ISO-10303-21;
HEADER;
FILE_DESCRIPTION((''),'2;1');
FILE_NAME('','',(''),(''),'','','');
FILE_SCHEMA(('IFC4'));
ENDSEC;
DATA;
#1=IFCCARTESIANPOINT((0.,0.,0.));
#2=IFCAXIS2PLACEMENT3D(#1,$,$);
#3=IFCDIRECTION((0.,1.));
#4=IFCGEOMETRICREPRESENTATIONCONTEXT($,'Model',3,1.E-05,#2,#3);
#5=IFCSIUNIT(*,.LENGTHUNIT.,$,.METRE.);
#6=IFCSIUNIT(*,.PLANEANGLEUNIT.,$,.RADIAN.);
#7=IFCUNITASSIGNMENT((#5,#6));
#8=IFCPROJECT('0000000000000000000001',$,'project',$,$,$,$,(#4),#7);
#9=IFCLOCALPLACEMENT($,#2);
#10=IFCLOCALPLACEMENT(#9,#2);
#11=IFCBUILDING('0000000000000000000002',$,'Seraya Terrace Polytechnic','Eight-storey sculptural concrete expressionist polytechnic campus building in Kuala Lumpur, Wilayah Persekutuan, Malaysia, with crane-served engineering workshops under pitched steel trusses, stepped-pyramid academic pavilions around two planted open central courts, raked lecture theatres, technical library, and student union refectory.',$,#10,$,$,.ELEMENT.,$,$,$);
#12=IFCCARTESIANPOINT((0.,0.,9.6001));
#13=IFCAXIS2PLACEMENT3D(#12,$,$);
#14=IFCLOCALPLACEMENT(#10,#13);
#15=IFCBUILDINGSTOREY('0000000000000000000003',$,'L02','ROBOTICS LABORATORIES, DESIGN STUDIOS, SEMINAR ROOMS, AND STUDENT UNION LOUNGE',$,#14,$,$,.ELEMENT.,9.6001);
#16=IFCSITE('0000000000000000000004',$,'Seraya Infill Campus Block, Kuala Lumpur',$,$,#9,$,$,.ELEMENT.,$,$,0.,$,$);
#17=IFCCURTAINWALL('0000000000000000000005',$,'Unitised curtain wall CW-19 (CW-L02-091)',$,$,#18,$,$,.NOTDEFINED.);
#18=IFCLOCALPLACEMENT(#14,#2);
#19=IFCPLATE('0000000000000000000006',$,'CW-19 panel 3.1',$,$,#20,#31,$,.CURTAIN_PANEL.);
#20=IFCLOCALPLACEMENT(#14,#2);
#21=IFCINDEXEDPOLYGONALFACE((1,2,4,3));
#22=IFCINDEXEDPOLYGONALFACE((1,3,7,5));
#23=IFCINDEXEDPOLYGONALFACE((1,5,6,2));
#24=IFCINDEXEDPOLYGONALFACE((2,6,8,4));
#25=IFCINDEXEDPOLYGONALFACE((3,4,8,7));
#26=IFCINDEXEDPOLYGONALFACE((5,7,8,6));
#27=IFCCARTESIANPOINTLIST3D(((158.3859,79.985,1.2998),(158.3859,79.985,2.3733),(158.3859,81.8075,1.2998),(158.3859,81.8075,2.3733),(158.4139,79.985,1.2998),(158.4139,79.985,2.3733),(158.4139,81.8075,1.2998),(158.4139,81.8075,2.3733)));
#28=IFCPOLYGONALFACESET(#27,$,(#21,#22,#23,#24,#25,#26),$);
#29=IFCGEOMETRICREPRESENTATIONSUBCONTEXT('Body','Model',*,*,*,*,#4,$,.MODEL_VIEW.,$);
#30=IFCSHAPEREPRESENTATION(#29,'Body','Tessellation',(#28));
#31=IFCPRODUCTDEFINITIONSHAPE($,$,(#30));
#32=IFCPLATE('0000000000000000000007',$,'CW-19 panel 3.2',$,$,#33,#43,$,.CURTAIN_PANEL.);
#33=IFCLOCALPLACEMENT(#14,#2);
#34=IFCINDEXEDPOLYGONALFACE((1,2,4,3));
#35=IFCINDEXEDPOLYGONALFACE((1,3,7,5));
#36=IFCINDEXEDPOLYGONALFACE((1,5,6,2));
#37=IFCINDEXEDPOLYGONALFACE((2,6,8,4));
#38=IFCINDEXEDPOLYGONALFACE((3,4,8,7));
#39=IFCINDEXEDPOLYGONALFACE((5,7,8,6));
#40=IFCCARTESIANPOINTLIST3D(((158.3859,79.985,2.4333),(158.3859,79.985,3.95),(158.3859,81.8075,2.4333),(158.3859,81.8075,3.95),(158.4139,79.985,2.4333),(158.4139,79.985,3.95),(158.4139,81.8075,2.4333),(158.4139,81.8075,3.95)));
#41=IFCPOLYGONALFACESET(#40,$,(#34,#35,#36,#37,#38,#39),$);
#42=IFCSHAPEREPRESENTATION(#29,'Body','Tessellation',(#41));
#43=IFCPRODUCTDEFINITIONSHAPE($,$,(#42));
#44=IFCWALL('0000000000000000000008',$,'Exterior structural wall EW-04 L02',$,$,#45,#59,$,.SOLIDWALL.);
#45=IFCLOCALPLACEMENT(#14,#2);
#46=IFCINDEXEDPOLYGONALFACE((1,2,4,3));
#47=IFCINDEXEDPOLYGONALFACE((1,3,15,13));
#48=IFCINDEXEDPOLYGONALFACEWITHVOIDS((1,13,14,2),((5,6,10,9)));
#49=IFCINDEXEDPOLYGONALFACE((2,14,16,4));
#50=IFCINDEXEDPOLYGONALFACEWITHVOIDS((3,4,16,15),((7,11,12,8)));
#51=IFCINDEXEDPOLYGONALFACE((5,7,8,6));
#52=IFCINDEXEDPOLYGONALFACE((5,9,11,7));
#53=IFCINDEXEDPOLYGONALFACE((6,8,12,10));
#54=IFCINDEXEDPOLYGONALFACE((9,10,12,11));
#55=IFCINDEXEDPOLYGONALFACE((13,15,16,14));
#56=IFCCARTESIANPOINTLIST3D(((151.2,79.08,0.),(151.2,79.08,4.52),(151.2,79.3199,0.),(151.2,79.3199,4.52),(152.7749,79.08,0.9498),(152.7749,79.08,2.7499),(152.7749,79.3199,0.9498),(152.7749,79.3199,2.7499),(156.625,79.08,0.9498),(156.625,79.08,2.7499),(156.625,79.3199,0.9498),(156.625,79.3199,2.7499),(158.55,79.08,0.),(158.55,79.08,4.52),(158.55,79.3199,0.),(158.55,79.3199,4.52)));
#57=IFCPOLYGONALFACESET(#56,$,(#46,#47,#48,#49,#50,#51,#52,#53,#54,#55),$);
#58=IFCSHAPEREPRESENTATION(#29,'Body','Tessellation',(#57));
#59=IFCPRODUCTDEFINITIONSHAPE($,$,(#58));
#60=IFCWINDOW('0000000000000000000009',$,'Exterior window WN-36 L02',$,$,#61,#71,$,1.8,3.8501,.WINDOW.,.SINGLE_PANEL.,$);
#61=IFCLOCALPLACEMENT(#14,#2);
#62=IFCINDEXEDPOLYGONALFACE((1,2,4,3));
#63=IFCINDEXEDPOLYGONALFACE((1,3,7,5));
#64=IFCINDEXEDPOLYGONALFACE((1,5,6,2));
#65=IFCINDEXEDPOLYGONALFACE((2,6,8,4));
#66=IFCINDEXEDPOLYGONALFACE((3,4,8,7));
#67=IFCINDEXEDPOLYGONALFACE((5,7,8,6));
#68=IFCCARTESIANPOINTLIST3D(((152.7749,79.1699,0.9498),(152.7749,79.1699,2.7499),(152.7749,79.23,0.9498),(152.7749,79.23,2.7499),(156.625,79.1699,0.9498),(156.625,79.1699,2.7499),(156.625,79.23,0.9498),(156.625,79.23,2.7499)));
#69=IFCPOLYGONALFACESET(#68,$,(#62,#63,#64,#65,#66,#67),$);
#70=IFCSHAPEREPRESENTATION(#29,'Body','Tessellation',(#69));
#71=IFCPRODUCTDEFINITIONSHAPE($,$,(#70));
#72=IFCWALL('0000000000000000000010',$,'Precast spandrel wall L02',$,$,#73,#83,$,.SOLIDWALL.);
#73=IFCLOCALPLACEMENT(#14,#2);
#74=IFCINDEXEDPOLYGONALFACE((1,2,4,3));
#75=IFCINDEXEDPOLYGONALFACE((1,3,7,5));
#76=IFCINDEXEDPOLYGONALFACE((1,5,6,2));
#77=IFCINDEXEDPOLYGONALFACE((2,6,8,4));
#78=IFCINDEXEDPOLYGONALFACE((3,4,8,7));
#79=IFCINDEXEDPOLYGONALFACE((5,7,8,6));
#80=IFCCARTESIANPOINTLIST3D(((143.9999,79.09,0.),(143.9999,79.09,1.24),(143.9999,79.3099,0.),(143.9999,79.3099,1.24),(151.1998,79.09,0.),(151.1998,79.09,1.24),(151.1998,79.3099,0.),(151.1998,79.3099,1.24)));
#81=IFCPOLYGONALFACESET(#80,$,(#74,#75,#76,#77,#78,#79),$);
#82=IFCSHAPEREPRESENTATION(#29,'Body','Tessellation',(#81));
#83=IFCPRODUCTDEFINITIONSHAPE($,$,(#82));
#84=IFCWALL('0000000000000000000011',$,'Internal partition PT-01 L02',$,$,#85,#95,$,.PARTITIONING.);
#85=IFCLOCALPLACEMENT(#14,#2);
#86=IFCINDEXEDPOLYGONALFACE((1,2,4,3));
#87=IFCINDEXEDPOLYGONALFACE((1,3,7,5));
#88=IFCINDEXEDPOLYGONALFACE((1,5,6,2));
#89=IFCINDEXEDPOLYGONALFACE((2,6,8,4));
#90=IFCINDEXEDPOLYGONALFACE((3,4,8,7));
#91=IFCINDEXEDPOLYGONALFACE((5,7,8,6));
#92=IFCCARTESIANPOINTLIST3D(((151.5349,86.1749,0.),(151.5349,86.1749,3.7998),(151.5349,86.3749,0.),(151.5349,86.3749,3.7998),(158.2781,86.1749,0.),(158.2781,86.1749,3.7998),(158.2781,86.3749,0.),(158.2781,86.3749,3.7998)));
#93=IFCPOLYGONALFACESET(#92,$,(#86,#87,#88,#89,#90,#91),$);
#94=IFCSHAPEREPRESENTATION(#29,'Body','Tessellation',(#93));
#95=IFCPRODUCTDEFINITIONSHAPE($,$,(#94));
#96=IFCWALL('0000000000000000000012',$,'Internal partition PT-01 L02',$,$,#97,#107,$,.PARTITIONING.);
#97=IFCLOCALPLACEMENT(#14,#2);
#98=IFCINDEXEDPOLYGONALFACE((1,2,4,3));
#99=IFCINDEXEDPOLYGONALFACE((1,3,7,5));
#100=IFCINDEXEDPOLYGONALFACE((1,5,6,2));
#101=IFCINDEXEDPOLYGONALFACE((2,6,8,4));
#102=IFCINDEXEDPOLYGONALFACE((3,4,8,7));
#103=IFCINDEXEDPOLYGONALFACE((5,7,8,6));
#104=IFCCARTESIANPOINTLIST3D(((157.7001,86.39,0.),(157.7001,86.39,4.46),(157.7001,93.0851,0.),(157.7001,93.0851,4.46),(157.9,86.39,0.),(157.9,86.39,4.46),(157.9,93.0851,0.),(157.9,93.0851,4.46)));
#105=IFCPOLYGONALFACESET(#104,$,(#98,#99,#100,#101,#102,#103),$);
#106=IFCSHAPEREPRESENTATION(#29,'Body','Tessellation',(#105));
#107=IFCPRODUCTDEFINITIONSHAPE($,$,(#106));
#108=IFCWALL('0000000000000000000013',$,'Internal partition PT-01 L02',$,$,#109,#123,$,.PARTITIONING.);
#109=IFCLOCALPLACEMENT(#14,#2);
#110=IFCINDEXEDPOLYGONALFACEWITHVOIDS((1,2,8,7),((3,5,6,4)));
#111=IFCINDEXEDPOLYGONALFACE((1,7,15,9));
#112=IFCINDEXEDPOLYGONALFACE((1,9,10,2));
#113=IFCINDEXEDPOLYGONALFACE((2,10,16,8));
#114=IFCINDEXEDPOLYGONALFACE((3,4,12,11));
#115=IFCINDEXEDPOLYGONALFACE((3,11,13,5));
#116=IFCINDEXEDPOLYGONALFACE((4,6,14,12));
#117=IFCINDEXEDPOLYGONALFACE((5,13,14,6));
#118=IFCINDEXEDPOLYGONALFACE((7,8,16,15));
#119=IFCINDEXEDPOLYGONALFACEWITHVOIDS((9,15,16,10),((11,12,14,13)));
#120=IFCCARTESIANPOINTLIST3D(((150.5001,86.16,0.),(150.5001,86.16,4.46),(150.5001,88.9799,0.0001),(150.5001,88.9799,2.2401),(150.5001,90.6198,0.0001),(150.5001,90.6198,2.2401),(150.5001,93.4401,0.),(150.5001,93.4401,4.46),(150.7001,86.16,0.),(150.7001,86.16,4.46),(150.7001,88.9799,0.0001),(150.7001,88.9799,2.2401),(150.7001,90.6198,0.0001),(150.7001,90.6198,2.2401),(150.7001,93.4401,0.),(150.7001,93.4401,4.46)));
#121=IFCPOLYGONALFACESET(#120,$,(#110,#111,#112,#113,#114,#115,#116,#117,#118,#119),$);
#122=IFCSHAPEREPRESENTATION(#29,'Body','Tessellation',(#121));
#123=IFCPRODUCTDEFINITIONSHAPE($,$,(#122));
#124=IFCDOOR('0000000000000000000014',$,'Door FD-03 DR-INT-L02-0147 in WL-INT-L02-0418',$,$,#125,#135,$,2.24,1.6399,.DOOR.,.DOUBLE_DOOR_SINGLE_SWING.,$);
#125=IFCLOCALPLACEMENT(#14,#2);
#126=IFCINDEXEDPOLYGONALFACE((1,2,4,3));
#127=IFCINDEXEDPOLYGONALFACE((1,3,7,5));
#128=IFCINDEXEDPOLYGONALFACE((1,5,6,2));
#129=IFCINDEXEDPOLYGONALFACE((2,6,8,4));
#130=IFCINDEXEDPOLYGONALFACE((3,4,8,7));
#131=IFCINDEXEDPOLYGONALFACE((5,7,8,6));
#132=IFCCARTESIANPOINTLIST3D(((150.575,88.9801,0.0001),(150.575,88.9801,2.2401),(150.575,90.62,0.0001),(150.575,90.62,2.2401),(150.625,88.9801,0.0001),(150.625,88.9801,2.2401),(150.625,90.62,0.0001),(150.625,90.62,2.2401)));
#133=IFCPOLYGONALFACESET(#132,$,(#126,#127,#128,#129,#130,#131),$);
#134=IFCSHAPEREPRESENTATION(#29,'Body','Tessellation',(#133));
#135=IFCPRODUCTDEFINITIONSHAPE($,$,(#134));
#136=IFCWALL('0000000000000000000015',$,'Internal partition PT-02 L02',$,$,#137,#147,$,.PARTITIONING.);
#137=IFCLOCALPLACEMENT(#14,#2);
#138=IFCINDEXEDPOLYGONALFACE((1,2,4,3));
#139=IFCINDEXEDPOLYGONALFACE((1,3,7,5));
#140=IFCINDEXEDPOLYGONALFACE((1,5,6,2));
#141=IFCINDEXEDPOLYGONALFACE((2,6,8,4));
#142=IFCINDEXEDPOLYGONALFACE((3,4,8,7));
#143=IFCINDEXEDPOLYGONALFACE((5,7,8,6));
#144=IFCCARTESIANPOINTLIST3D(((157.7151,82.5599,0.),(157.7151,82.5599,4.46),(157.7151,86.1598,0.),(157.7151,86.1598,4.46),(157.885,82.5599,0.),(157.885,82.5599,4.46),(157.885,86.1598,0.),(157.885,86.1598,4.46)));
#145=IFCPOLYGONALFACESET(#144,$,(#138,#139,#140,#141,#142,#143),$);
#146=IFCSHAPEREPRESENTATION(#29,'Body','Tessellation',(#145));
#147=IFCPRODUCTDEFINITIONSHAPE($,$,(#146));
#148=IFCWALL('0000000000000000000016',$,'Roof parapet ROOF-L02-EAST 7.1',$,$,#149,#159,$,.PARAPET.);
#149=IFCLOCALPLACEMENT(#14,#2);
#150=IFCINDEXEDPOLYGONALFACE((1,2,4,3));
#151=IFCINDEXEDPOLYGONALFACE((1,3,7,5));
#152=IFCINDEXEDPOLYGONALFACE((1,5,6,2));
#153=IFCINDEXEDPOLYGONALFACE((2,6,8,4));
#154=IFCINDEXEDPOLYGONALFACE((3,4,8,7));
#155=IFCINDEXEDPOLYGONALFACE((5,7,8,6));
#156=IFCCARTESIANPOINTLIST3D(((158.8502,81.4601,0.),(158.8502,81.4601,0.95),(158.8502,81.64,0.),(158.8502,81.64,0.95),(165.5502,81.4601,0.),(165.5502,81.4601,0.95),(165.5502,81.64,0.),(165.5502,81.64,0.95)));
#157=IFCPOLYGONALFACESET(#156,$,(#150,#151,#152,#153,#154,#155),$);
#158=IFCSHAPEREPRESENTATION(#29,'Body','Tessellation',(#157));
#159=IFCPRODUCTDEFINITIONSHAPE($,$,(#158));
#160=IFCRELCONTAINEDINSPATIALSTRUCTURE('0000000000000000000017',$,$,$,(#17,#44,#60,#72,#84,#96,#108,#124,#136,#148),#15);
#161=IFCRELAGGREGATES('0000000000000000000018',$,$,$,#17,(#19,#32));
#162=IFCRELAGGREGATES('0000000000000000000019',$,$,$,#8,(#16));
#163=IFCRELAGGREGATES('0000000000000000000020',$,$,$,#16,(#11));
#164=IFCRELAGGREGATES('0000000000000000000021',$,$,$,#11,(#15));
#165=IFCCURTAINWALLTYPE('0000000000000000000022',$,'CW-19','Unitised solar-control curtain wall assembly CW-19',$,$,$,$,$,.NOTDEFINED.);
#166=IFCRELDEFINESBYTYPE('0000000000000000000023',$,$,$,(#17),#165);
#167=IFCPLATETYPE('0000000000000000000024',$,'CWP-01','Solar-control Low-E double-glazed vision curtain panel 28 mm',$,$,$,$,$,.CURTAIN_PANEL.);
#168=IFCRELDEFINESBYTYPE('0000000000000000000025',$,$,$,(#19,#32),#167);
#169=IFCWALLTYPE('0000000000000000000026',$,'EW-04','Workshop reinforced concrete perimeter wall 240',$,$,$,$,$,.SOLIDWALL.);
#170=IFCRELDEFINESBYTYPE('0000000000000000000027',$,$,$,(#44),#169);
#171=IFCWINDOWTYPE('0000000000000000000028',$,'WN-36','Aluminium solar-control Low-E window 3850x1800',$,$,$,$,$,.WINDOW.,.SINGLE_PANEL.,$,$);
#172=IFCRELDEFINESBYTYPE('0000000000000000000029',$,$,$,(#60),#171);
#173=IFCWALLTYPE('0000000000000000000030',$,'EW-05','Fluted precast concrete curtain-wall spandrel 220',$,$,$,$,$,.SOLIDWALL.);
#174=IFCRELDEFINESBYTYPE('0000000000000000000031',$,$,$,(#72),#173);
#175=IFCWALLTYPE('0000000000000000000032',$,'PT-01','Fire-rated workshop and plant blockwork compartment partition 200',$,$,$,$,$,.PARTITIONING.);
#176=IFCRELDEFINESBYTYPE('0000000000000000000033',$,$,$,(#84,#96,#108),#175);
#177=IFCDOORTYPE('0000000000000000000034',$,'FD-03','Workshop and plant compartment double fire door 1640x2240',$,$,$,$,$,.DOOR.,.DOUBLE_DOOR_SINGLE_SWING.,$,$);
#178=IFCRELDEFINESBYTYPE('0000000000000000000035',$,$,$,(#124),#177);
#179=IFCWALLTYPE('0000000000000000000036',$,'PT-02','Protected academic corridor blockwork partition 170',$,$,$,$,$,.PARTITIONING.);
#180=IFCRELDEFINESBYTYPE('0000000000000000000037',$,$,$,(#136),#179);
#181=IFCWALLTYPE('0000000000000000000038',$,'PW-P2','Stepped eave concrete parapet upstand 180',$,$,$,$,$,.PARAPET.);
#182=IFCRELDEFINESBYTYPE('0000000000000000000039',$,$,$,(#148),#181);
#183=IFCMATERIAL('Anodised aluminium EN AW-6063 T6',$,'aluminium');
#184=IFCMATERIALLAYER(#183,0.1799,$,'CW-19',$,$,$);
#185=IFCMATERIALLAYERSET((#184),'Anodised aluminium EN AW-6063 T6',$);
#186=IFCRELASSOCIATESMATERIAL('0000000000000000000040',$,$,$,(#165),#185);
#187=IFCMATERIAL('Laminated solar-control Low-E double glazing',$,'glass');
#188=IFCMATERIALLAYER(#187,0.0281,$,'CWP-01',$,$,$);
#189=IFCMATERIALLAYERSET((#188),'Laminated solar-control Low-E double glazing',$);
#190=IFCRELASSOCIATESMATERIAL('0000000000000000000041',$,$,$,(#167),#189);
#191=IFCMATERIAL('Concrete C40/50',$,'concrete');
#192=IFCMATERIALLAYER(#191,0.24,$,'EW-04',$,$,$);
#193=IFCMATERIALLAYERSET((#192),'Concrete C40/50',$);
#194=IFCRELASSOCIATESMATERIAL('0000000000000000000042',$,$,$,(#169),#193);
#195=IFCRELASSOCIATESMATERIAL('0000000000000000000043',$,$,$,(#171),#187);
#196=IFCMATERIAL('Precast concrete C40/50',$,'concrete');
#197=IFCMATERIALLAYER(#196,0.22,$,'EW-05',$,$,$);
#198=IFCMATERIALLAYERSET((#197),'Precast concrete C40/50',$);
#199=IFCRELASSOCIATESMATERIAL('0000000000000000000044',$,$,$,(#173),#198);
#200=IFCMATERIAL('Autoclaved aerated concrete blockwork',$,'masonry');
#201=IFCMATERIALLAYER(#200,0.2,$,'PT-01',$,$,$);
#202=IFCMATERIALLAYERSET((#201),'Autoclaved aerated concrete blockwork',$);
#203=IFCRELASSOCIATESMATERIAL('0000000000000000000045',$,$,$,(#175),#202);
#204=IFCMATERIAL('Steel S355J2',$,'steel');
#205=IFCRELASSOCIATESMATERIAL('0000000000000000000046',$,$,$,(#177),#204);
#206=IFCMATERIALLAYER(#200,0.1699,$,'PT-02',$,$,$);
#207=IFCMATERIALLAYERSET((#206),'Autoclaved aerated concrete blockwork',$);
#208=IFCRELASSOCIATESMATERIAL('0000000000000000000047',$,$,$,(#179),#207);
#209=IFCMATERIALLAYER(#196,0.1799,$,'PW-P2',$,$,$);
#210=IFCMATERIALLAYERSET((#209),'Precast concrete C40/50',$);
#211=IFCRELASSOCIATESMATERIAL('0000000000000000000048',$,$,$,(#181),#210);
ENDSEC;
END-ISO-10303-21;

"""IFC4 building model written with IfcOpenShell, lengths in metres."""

from ifc_helpers import new_model, si_unit, direction, frame, frame_2d, origin, origin_2d, place, context, subcontext, project, spatial, rectangle, extrude, material, layer, layer_set, type_object, element, fill, aggregate, save


model = new_model("IFC4")

# Units and contexts
model_context = context("Model", 3, precision=1e-05, world=origin(), true_north=direction((0.0, 1.0)))
body_context = subcontext(model_context, "Body", "Model", "MODEL_VIEW")
ifc_project = project(units=[si_unit("LENGTHUNIT", "METRE"), si_unit("PLANEANGLEUNIT", "RADIAN")], contexts=[model_context])

# Site, building, storey
site_placement = place(None, origin())
site = spatial("IfcSite", under=ifc_project, at=site_placement, Name="Seraya Infill Campus Block, Kuala Lumpur", CompositionType="ELEMENT", RefElevation=0.0)
building_placement = place(site_placement, origin())
building = spatial("IfcBuilding", under=site, at=building_placement, Name="Seraya Terrace Polytechnic", Description="Eight-storey sculptural concrete expressionist polytechnic campus building in Kuala Lumpur, Wilayah Persekutuan, Malaysia, with crane-served engineering workshops under pitched steel trusses, stepped-pyramid academic pavilions around two planted open central courts, raked lecture theatres, technical library, and student union refectory.", CompositionType="ELEMENT")
storey_placement = place(building_placement, frame((0.0, 0.0, 9.6001)))
storey = spatial("IfcBuildingStorey", under=building, at=storey_placement, Name="L02", Description="ROBOTICS LABORATORIES, DESIGN STUDIOS, SEMINAR ROOMS, AND STUDENT UNION LOUNGE", CompositionType="ELEMENT", Elevation=9.6001)

# Shared definitions
ifc_material_1 = material(Name="Concrete C40/50", Category="concrete")

# Curtain wall
ifc_material_2 = material(Name="Anodised aluminium EN AW-6063 T6", Category="aluminium")
ifc_layer_1 = layer(ifc_material_2, 0.1799, Name="CW-19")
ifc_layer_set_1 = layer_set([ifc_layer_1], Name="Anodised aluminium EN AW-6063 T6")
curtain_wall_type = type_object("IfcCurtainWallType", Name="CW-19", Description="Unitised solar-control curtain wall assembly CW-19", PredefinedType="NOTDEFINED", material=ifc_layer_set_1)
curtain_wall_placement = place(storey_placement, origin())
curtain_wall = element("IfcCurtainWall", 1, at=curtain_wall_placement, inside=storey, type_object=curtain_wall_type, Name="Unitised curtain wall CW-19 (CW-L02-091)", PredefinedType="NOTDEFINED")

# Plates
ifc_material_3 = material(Name="Laminated solar-control Low-E double glazing", Category="glass")
ifc_layer_2 = layer(ifc_material_3, 0.0281, Name="CWP-01")
ifc_layer_set_2 = layer_set([ifc_layer_2], Name="Laminated solar-control Low-E double glazing")
plate_type = type_object("IfcPlateType", Name="CWP-01", Description="Solar-control Low-E double-glazed vision curtain panel 28 mm", PredefinedType="CURTAIN_PANEL", material=ifc_layer_set_2)
plate_1_placement = place(storey_placement, frame((158.3999, 80.8962, 1.2998), z_axis=(0.0, 0.0, 1.0), x_axis=(0.0, -1.0, 0.0)))
plate_1 = element("IfcPlate", 2, at=plate_1_placement, type_object=plate_type, Name="CW-19 panel 3.1", PredefinedType="CURTAIN_PANEL", context=body_context, shape_type="SweptSolid", body=[
    extrude(rectangle(XDim=1.8225, YDim=0.0281, at=origin_2d()), origin(), (0.0, 0.0, 1.0), 1.0735),
])
plate_2_placement = place(storey_placement, frame((158.3999, 80.8962, 2.4333), z_axis=(0.0, 0.0, 1.0), x_axis=(0.0, -1.0, 0.0)))
plate_2 = element("IfcPlate", 3, at=plate_2_placement, type_object=plate_type, Name="CW-19 panel 3.2", PredefinedType="CURTAIN_PANEL", context=body_context, shape_type="SweptSolid", body=[
    extrude(rectangle(XDim=1.8225, YDim=0.0281, at=origin_2d()), origin(), (0.0, 0.0, 1.0), 1.5166),
])
aggregate(curtain_wall, [plate_1, plate_2])

# Wall, opening, window
ifc_layer_3 = layer(ifc_material_1, 0.24, Name="EW-04")
ifc_layer_set_3 = layer_set([ifc_layer_3], Name="Concrete C40/50")
wall_type_1 = type_object("IfcWallType", Name="EW-04", Description="Workshop reinforced concrete perimeter wall 240", PredefinedType="SOLIDWALL", material=ifc_layer_set_3)
wall_1_placement = place(storey_placement, frame((158.55, 79.2, 0.0), z_axis=(0.0, 0.0, 1.0), x_axis=(-1.0, 0.0, 0.0)))
wall_1 = element("IfcWall", 4, at=wall_1_placement, inside=storey, type_object=wall_type_1, Name="Exterior structural wall EW-04 L02", PredefinedType="SOLIDWALL", context=body_context, shape_type="SweptSolid", body=[
    extrude(rectangle(XDim=7.3501, YDim=0.24, at=frame_2d((3.675, 0.0))), origin(), (0.0, 0.0, 1.0), 4.52),
])
opening_1_placement = place(wall_1_placement, frame((1.925, 0.0, 0.95)))
opening_1 = element("IfcOpeningElement", 5, at=opening_1_placement, cuts=wall_1, PredefinedType="OPENING", context=body_context, shape_type="SweptSolid", body=[
    extrude(rectangle(XDim=3.8501, YDim=1.8, at=frame_2d((1.925, 0.8999))), frame((0.0, 0.1318, 0.0), z_axis=(0.0, -1.0, 0.0), x_axis=(1.0, 0.0, 0.0)), (0.0, 0.0, 1.0), 0.2639),
])
window_type = type_object("IfcWindowType", Name="WN-36", Description="Aluminium solar-control Low-E window 3850x1800", PartitioningType="SINGLE_PANEL", PredefinedType="WINDOW", material=ifc_material_3)
window_placement = place(opening_1_placement, origin())
window = element("IfcWindow", 6, at=window_placement, inside=storey, type_object=window_type, Name="Exterior window WN-36 L02", OverallHeight=1.8, OverallWidth=3.8501, PartitioningType="SINGLE_PANEL", PredefinedType="WINDOW", context=body_context, shape_type="SweptSolid", body=[
    extrude(rectangle(XDim=3.8501, YDim=1.8, at=frame_2d((1.925, 0.8999))), frame((0.0, 0.03, 0.0), z_axis=(0.0, -1.0, 0.0), x_axis=(1.0, 0.0, 0.0)), (0.0, 0.0, 1.0), 0.0601),
])
fill(opening_1, window)

# Walls
ifc_material_4 = material(Name="Precast concrete C40/50", Category="concrete")
ifc_layer_4 = layer(ifc_material_4, 0.22, Name="EW-05")
ifc_layer_set_4 = layer_set([ifc_layer_4], Name="Precast concrete C40/50")
wall_type_2 = type_object("IfcWallType", Name="EW-05", Description="Fluted precast concrete curtain-wall spandrel 220", PredefinedType="SOLIDWALL", material=ifc_layer_set_4)
wall_2_placement = place(storey_placement, frame((151.2, 79.2, 0.0), z_axis=(0.0, 0.0, 1.0), x_axis=(-1.0, 0.0, 0.0)))
element("IfcWall", 7, at=wall_2_placement, inside=storey, type_object=wall_type_2, Name="Precast spandrel wall L02", PredefinedType="SOLIDWALL", context=body_context, shape_type="SweptSolid", body=[
    extrude(rectangle(XDim=7.2, YDim=0.22, at=frame_2d((3.6001, 0.0))), origin(), (0.0, 0.0, 1.0), 1.24),
])
ifc_material_5 = material(Name="Autoclaved aerated concrete blockwork", Category="masonry")
ifc_layer_5 = layer(ifc_material_5, 0.2, Name="PT-01")
ifc_layer_set_5 = layer_set([ifc_layer_5], Name="Autoclaved aerated concrete blockwork")
wall_type_3 = type_object("IfcWallType", Name="PT-01", Description="Fire-rated workshop and plant blockwork compartment partition 200", PredefinedType="PARTITIONING", material=ifc_layer_set_5)
wall_3_placement = place(storey_placement, frame((151.5349, 86.2749, 0.0), z_axis=(0.0, 0.0, 1.0), x_axis=(1.0, 0.0, 0.0)))
element("IfcWall", 8, at=wall_3_placement, inside=storey, type_object=wall_type_3, Name="Internal partition PT-01 L02", PredefinedType="PARTITIONING", context=body_context, shape_type="SweptSolid", body=[
    extrude(rectangle(XDim=6.7432, YDim=0.2, at=frame_2d((3.3716, 0.0))), origin(), (0.0, 0.0, 1.0), 3.7998),
])
wall_4_placement = place(storey_placement, frame((157.8, 86.3899, 0.0), z_axis=(0.0, 0.0, 1.0), x_axis=(0.0, 1.0, 0.0)))
element("IfcWall", 9, at=wall_4_placement, inside=storey, type_object=wall_type_3, Name="Internal partition PT-01 L02", PredefinedType="PARTITIONING", context=body_context, shape_type="SweptSolid", body=[
    extrude(rectangle(XDim=6.6951, YDim=0.2, at=frame_2d((3.3477, 0.0))), origin(), (0.0, 0.0, 1.0), 4.46),
])

# Wall, opening, door
wall_5_placement = place(storey_placement, frame((150.6001, 86.1599, 0.0), z_axis=(0.0, 0.0, 1.0), x_axis=(0.0, 1.0, 0.0)))
wall_5 = element("IfcWall", 10, at=wall_5_placement, inside=storey, type_object=wall_type_3, Name="Internal partition PT-01 L02", PredefinedType="PARTITIONING", context=body_context, shape_type="SweptSolid", body=[
    extrude(rectangle(XDim=7.28, YDim=0.2, at=frame_2d((3.6401, 0.0))), origin(), (0.0, 0.0, 1.0), 4.46),
])
opening_2_placement = place(wall_5_placement, frame((2.8201, 0.0, 0.0)))
opening_2 = element("IfcOpeningElement", 11, at=opening_2_placement, cuts=wall_5, PredefinedType="OPENING", context=body_context, shape_type="SweptSolid", body=[
    extrude(rectangle(XDim=1.6399, YDim=2.24, at=frame_2d((0.8198, 1.1201))), frame((0.0, 0.1118, 0.0), z_axis=(0.0, -1.0, 0.0), x_axis=(1.0, 0.0, 0.0)), (0.0, 0.0, 1.0), 0.2239),
])
ifc_material_6 = material(Name="Steel S355J2", Category="steel")
door_type = type_object("IfcDoorType", Name="FD-03", Description="Workshop and plant compartment double fire door 1640x2240", OperationType="DOUBLE_DOOR_SINGLE_SWING", PredefinedType="DOOR", material=ifc_material_6)
door_placement = place(opening_2_placement, frame((1.6399, 0.0, 0.0), z_axis=(0.0, 0.0, 1.0), x_axis=(-1.0, 0.0, 0.0)))
door = element("IfcDoor", 12, at=door_placement, inside=storey, type_object=door_type, Name="Door FD-03 DR-INT-L02-0147 in WL-INT-L02-0418", OperationType="DOUBLE_DOOR_SINGLE_SWING", OverallHeight=2.24, OverallWidth=1.6399, PredefinedType="DOOR", context=body_context, shape_type="SweptSolid", body=[
    extrude(rectangle(XDim=1.6399, YDim=2.24, at=frame_2d((0.8198, 1.1201))), frame((0.0, 0.0249, 0.0), z_axis=(0.0, -1.0, 0.0), x_axis=(1.0, 0.0, 0.0)), (0.0, 0.0, 1.0), 0.05),
])
fill(opening_2, door)

# Walls
ifc_layer_6 = layer(ifc_material_5, 0.1699, Name="PT-02")
ifc_layer_set_6 = layer_set([ifc_layer_6], Name="Autoclaved aerated concrete blockwork")
wall_type_4 = type_object("IfcWallType", Name="PT-02", Description="Protected academic corridor blockwork partition 170", PredefinedType="PARTITIONING", material=ifc_layer_set_6)
wall_6_placement = place(storey_placement, frame((157.8, 82.5601, 0.0), z_axis=(0.0, 0.0, 1.0), x_axis=(0.0, 1.0, 0.0)))
element("IfcWall", 13, at=wall_6_placement, inside=storey, type_object=wall_type_4, Name="Internal partition PT-02 L02", PredefinedType="PARTITIONING", context=body_context, shape_type="SweptSolid", body=[
    extrude(rectangle(XDim=3.5999, YDim=0.1699, at=frame_2d((1.7998, 0.0))), origin(), (0.0, 0.0, 1.0), 4.46),
])
ifc_layer_7 = layer(ifc_material_4, 0.1799, Name="PW-P2")
ifc_layer_set_7 = layer_set([ifc_layer_7], Name="Precast concrete C40/50")
wall_type_5 = type_object("IfcWallType", Name="PW-P2", Description="Stepped eave concrete parapet upstand 180", PredefinedType="PARAPET", material=ifc_layer_set_7)
wall_7_placement = place(storey_placement, frame((158.8501, 81.55, 0.0), z_axis=(0.0, 0.0, 1.0), x_axis=(1.0, 0.0, 0.0)))
element("IfcWall", 14, at=wall_7_placement, inside=storey, type_object=wall_type_5, Name="Roof parapet ROOF-L02-EAST 7.1", PredefinedType="PARAPET", context=body_context, shape_type="SweptSolid", body=[
    extrude(rectangle(XDim=6.7, YDim=0.1799, at=frame_2d((3.3501, 0.0))), origin(), (0.0, 0.0, 1.0), 0.95),
])

save(model, "model.ifc")
